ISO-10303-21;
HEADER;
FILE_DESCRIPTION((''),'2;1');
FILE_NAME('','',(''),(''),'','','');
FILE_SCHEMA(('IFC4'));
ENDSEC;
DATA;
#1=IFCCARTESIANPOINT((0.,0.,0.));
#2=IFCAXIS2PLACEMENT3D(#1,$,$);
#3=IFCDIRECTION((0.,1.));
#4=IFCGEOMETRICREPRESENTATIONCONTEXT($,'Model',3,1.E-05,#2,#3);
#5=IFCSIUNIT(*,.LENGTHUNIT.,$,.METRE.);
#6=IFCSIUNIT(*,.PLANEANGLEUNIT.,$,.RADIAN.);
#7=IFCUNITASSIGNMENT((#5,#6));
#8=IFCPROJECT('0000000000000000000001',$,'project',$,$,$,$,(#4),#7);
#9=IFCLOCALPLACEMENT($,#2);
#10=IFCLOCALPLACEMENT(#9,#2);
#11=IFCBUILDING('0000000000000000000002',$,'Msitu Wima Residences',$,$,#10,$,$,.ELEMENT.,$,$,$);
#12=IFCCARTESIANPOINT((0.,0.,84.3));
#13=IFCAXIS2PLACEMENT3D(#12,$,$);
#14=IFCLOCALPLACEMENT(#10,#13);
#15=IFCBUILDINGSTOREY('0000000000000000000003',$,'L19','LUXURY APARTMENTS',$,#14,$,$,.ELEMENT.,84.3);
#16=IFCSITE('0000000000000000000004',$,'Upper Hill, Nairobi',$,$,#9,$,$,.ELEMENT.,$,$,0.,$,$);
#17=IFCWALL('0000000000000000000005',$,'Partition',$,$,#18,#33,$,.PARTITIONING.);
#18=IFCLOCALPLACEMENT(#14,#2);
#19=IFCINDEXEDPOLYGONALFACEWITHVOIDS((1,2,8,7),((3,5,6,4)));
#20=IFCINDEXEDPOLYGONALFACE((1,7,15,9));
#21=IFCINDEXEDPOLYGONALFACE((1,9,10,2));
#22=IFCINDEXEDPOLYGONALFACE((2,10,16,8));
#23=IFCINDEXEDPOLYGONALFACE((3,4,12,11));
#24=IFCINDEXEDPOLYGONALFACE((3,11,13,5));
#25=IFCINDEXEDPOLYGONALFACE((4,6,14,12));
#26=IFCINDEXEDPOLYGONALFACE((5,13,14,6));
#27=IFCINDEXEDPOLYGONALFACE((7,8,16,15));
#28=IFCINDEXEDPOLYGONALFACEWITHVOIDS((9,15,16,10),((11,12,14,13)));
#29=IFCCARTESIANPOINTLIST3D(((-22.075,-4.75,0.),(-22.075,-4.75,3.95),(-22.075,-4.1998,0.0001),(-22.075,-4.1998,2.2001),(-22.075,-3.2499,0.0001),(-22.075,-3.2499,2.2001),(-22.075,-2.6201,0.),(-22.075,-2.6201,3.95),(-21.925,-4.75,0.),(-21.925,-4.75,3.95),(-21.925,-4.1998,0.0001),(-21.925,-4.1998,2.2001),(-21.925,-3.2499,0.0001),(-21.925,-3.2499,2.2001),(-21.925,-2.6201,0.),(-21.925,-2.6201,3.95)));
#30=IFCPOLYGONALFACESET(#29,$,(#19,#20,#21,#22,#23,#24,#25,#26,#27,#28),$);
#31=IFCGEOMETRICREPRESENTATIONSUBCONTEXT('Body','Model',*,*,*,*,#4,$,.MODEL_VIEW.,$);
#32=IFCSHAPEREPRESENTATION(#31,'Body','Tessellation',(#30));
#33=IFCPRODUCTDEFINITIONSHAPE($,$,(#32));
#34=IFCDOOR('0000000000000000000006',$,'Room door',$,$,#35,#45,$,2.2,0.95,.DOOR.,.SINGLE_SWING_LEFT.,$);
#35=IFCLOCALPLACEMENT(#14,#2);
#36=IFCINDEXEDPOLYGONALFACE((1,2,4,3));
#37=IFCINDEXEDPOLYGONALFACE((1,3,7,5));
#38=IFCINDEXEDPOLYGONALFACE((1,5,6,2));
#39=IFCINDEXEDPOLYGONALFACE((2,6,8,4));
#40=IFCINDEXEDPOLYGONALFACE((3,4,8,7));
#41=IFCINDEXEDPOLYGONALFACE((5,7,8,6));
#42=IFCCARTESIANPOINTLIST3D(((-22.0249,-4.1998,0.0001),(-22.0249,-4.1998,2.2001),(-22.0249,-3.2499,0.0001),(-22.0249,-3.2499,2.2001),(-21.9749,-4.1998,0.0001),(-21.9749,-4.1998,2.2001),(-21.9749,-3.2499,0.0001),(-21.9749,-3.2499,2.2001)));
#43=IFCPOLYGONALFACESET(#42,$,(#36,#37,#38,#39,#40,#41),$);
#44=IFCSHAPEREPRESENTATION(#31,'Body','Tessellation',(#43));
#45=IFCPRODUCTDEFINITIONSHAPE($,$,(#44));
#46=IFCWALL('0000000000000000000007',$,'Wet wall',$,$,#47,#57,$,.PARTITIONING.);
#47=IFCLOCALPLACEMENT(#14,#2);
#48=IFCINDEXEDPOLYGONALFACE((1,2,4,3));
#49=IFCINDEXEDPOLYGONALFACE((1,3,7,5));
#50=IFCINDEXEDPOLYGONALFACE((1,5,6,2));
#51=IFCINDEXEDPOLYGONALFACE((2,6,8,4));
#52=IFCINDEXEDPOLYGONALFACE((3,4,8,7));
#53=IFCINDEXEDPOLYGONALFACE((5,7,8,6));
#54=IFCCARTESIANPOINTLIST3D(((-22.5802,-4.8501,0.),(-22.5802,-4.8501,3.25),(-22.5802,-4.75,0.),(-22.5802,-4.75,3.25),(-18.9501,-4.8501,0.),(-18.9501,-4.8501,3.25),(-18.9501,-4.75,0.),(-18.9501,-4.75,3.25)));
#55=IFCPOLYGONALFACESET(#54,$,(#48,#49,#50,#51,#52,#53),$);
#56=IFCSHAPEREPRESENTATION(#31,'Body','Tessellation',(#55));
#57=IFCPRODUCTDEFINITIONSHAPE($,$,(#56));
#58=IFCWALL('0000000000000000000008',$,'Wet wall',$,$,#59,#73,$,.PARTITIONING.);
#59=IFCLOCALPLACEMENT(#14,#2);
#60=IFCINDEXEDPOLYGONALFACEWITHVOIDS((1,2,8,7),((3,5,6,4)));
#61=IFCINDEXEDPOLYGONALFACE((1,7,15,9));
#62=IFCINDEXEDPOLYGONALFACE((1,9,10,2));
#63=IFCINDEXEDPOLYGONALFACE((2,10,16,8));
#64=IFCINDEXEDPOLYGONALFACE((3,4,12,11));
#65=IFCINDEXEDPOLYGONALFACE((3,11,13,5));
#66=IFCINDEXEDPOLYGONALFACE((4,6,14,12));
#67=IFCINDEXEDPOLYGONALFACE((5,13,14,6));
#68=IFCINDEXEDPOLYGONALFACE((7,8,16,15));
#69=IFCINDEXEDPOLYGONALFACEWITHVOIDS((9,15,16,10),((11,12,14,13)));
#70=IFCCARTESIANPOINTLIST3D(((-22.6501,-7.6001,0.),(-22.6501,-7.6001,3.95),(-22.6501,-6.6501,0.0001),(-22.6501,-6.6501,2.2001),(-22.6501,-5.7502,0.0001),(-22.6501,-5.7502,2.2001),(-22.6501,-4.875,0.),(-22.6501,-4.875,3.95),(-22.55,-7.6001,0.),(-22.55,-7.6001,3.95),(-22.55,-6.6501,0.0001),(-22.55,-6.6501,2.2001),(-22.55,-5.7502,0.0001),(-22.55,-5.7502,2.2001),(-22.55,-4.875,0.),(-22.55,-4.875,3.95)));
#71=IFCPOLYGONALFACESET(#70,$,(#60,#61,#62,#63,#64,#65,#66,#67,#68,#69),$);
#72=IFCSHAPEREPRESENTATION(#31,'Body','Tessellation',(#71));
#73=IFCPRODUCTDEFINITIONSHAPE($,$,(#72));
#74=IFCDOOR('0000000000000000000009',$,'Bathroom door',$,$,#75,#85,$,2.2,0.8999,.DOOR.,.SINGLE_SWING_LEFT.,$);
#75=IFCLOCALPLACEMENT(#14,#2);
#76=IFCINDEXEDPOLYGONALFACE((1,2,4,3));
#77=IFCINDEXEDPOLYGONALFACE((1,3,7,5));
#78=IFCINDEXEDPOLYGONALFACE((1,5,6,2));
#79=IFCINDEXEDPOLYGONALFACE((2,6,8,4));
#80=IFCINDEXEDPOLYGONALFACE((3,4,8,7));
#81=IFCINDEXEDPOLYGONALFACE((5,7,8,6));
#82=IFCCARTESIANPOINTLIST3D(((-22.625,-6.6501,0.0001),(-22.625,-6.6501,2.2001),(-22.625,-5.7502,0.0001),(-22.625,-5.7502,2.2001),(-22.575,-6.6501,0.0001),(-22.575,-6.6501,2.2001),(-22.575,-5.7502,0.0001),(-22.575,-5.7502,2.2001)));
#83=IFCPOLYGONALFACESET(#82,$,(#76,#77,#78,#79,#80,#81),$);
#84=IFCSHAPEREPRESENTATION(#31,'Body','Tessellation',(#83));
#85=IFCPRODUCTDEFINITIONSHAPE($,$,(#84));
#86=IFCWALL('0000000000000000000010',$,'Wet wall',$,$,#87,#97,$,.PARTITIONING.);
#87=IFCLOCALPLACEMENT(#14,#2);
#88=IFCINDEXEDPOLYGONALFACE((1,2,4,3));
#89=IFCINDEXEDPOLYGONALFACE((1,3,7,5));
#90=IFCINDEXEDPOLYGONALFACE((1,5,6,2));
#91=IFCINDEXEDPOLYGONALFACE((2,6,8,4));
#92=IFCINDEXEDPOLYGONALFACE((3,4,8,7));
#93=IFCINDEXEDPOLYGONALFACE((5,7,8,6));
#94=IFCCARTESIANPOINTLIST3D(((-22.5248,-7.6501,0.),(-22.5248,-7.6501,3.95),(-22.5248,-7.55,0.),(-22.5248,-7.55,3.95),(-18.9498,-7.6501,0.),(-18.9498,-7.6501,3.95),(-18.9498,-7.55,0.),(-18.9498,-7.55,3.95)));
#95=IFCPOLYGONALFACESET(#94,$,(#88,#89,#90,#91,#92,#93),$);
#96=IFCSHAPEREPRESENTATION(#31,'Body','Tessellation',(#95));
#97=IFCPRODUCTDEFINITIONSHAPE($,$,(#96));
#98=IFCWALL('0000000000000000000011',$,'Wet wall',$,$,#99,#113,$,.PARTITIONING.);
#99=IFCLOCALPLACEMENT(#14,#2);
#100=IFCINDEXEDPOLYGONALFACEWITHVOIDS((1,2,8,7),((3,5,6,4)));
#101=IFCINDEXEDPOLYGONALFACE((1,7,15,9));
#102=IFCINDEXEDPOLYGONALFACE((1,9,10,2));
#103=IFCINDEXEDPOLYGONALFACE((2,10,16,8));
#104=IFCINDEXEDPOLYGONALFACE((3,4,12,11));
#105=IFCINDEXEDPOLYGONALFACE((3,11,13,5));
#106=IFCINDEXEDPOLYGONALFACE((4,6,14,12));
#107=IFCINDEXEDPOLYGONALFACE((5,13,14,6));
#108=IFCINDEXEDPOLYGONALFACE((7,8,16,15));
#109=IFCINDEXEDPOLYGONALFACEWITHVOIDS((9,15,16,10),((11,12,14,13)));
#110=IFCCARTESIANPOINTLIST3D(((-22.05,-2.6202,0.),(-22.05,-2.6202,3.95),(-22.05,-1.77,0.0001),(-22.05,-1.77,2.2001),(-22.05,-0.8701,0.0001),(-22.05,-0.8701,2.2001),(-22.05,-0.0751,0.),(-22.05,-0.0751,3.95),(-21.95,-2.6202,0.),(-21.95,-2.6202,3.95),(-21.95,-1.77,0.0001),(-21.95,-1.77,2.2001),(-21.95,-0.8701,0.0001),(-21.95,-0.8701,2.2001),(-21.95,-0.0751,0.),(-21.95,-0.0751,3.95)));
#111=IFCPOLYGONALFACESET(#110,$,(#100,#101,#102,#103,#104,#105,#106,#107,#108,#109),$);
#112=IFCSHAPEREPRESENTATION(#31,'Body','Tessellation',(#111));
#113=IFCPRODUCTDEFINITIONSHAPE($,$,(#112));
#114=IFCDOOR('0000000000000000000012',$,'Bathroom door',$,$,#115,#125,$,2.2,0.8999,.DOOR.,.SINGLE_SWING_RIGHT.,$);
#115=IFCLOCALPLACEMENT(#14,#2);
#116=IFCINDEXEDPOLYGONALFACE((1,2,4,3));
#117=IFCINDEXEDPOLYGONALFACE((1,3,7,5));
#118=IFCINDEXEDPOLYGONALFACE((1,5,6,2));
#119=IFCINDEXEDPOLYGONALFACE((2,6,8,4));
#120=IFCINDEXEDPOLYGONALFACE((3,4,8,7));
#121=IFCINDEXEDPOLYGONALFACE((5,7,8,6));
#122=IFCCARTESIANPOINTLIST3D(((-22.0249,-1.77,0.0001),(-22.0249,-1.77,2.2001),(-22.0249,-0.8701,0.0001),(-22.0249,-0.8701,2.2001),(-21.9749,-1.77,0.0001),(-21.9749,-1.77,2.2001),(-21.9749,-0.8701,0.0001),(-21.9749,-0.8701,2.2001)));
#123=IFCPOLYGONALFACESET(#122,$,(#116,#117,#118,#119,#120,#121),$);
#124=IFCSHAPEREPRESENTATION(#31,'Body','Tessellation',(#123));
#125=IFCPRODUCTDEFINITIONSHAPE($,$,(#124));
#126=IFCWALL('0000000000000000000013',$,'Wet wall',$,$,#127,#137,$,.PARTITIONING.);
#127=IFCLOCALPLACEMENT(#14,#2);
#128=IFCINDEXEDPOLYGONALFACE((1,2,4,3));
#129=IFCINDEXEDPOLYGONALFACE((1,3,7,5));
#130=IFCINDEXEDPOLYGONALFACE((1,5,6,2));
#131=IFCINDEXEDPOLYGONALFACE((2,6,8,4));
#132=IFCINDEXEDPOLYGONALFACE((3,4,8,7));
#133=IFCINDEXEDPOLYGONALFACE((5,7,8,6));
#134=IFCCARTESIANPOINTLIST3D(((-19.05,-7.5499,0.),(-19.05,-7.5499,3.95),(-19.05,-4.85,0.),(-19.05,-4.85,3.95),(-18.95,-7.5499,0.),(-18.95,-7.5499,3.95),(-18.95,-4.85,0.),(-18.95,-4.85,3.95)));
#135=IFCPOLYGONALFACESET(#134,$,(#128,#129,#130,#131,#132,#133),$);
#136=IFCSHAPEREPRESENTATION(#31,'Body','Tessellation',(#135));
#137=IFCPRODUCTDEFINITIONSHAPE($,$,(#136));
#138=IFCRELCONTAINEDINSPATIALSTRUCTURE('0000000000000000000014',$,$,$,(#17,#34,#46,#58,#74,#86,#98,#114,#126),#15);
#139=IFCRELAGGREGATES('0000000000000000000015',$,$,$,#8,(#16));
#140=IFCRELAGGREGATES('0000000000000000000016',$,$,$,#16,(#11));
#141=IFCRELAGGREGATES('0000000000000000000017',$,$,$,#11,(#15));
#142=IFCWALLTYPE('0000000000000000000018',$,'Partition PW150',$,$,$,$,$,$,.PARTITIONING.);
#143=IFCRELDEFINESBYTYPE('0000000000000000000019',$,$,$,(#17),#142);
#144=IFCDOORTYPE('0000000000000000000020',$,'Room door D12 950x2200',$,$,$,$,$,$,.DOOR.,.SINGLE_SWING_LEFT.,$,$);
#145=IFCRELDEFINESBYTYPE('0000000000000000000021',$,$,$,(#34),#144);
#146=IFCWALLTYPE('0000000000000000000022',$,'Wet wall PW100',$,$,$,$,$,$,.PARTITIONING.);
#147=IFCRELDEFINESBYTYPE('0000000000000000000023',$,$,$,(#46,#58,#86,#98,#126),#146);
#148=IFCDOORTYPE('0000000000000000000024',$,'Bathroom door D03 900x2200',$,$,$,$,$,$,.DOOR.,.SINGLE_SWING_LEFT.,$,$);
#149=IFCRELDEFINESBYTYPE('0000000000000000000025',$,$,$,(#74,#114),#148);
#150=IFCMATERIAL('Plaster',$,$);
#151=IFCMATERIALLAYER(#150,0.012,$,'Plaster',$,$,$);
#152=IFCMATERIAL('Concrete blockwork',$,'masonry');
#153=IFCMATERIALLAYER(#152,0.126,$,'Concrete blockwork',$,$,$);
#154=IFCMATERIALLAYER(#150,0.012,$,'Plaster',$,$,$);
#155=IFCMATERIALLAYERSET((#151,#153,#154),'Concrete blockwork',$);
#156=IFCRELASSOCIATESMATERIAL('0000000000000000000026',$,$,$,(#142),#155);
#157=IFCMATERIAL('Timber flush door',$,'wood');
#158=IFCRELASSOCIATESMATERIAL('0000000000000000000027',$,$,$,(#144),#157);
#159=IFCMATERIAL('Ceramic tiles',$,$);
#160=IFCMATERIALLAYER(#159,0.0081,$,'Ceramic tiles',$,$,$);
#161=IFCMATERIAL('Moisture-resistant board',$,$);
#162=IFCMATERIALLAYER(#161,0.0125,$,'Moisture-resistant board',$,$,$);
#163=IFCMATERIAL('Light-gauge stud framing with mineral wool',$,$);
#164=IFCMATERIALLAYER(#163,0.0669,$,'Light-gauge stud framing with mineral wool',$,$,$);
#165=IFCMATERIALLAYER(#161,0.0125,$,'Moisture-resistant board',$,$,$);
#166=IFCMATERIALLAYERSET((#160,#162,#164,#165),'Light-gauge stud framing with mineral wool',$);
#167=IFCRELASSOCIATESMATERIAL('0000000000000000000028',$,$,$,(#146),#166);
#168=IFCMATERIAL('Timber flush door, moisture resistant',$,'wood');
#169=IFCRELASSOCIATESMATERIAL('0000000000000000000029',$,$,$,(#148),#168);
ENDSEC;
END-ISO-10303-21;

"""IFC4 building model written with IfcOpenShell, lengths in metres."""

from ifc_helpers import new_model, si_unit, direction, frame, frame_2d, origin, place, context, subcontext, project, spatial, rectangle, extrude, material, layer, layer_set, type_object, element, fill, save


model = new_model("IFC4")

# Units and contexts
model_context = context("Model", 3, precision=1e-05, world=origin(), true_north=direction((0.0, 1.0)))
body_context = subcontext(model_context, "Body", "Model", "MODEL_VIEW")
ifc_project = project(units=[si_unit("LENGTHUNIT", "METRE"), si_unit("PLANEANGLEUNIT", "RADIAN")], contexts=[model_context])

# Site, building, storey
site_placement = place(None, origin())
site = spatial("IfcSite", under=ifc_project, at=site_placement, Name="Upper Hill, Nairobi", CompositionType="ELEMENT", RefElevation=0.0)
building_placement = place(site_placement, origin())
building = spatial("IfcBuilding", under=site, at=building_placement, Name="Msitu Wima Residences", CompositionType="ELEMENT")
storey_placement = place(building_placement, frame((0.0, 0.0, 84.3)))
storey = spatial("IfcBuildingStorey", under=building, at=storey_placement, Name="L19", Description="LUXURY APARTMENTS", CompositionType="ELEMENT", Elevation=84.3)

# Shared definitions
ifc_material_1 = material(Name="Plaster")
ifc_layer_1 = layer(ifc_material_1, 0.012, Name="Plaster")
ifc_material_2 = material(Name="Concrete blockwork", Category="masonry")
ifc_layer_2 = layer(ifc_material_2, 0.126, Name="Concrete blockwork")
ifc_layer_3 = layer(ifc_material_1, 0.012, Name="Plaster")
ifc_layer_set_1 = layer_set([ifc_layer_1, ifc_layer_2, ifc_layer_3], Name="Concrete blockwork")
wall_type_1 = type_object("IfcWallType", Name="Partition PW150", PredefinedType="PARTITIONING", material=ifc_layer_set_1)

# Shared definitions
ifc_material_3 = material(Name="Timber flush door", Category="wood")
door_type_1 = type_object("IfcDoorType", Name="Room door D12 950x2200", OperationType="SINGLE_SWING_LEFT", PredefinedType="DOOR", material=ifc_material_3)

# Wall, opening, door
wall_1_placement = place(storey_placement, frame((-22.0, -4.75, 0.0), z_axis=(0.0, 0.0, 1.0), x_axis=(0.0, 1.0, 0.0)))
wall_1 = element("IfcWall", 1, at=wall_1_placement, inside=storey, type_object=wall_type_1, Name="Partition", PredefinedType="PARTITIONING", context=body_context, shape_type="SweptSolid", body=[
    extrude(rectangle(XDim=2.1299, YDim=0.1499, at=frame_2d((1.0649, 0.0))), origin(), (0.0, 0.0, 1.0), 3.95),
])
opening_1_placement = place(wall_1_placement, frame((0.55, 0.0, 0.0)))
opening_1 = element("IfcOpeningElement", 2, at=opening_1_placement, cuts=wall_1, PredefinedType="OPENING", context=body_context, shape_type="SweptSolid", body=[
    extrude(rectangle(XDim=0.95, YDim=2.2, at=frame_2d((0.4751, 1.1001))), frame((0.0, 0.085, 0.0), z_axis=(0.0, -1.0, 0.0), x_axis=(1.0, 0.0, 0.0)), (0.0, 0.0, 1.0), 0.1699),
])
door_1_placement = place(opening_1_placement, origin())
door_1 = element("IfcDoor", 3, at=door_1_placement, inside=storey, type_object=door_type_1, Name="Room door", OperationType="SINGLE_SWING_LEFT", OverallHeight=2.2, OverallWidth=0.95, PredefinedType="DOOR", context=body_context, shape_type="SweptSolid", body=[
    extrude(rectangle(XDim=0.95, YDim=2.2, at=frame_2d((0.4751, 1.1001))), frame((0.0, 0.0249, 0.0), z_axis=(0.0, -1.0, 0.0), x_axis=(1.0, 0.0, 0.0)), (0.0, 0.0, 1.0), 0.05),
])
fill(opening_1, door_1)

# Wall
ifc_material_4 = material(Name="Ceramic tiles")
ifc_layer_4 = layer(ifc_material_4, 0.0081, Name="Ceramic tiles")
ifc_material_5 = material(Name="Moisture-resistant board")
ifc_layer_5 = layer(ifc_material_5, 0.0125, Name="Moisture-resistant board")
ifc_material_6 = material(Name="Light-gauge stud framing with mineral wool")
ifc_layer_6 = layer(ifc_material_6, 0.0669, Name="Light-gauge stud framing with mineral wool")
ifc_layer_7 = layer(ifc_material_5, 0.0125, Name="Moisture-resistant board")
ifc_layer_set_2 = layer_set([ifc_layer_4, ifc_layer_5, ifc_layer_6, ifc_layer_7], Name="Light-gauge stud framing with mineral wool")
wall_type_2 = type_object("IfcWallType", Name="Wet wall PW100", PredefinedType="PARTITIONING", material=ifc_layer_set_2)
wall_2_placement = place(storey_placement, frame((-22.5801, -4.8, 0.0), z_axis=(0.0, 0.0, 1.0), x_axis=(1.0, 0.0, 0.0)))
element("IfcWall", 4, at=wall_2_placement, inside=storey, type_object=wall_type_2, Name="Wet wall", PredefinedType="PARTITIONING", context=body_context, shape_type="SweptSolid", body=[
    extrude(rectangle(XDim=3.6301, YDim=0.1001, at=frame_2d((1.8149, 0.0))), origin(), (0.0, 0.0, 1.0), 3.25),
])

# Wall, opening, door
wall_3_placement = place(storey_placement, frame((-22.6001, -7.6001, 0.0), z_axis=(0.0, 0.0, 1.0), x_axis=(0.0, 1.0, 0.0)))
wall_3 = element("IfcWall", 5, at=wall_3_placement, inside=storey, type_object=wall_type_2, Name="Wet wall", PredefinedType="PARTITIONING", context=body_context, shape_type="SweptSolid", body=[
    extrude(rectangle(XDim=2.7251, YDim=0.1001, at=frame_2d((1.3625, 0.0))), origin(), (0.0, 0.0, 1.0), 3.95),
])
opening_2_placement = place(wall_3_placement, frame((0.95, 0.0, 0.0)))
opening_2 = element("IfcOpeningElement", 6, at=opening_2_placement, cuts=wall_3, PredefinedType="OPENING", context=body_context, shape_type="SweptSolid", body=[
    extrude(rectangle(XDim=0.8999, YDim=2.2, at=frame_2d((0.45, 1.1001))), frame((0.0, 0.0601, 0.0), z_axis=(0.0, -1.0, 0.0), x_axis=(1.0, 0.0, 0.0)), (0.0, 0.0, 1.0), 0.1201),
])
ifc_material_7 = material(Name="Timber flush door, moisture resistant", Category="wood")
door_type_2 = type_object("IfcDoorType", Name="Bathroom door D03 900x2200", OperationType="SINGLE_SWING_LEFT", PredefinedType="DOOR", material=ifc_material_7)
door_2_placement = place(opening_2_placement, origin())
door_2 = element("IfcDoor", 7, at=door_2_placement, inside=storey, type_object=door_type_2, Name="Bathroom door", OperationType="SINGLE_SWING_LEFT", OverallHeight=2.2, OverallWidth=0.8999, PredefinedType="DOOR", context=body_context, shape_type="SweptSolid", body=[
    extrude(rectangle(XDim=0.8999, YDim=2.2, at=frame_2d((0.45, 1.1001))), frame((0.0, 0.0249, 0.0), z_axis=(0.0, -1.0, 0.0), x_axis=(1.0, 0.0, 0.0)), (0.0, 0.0, 1.0), 0.05),
])
fill(opening_2, door_2)

# Wall
wall_4_placement = place(storey_placement, frame((-22.5249, -7.6001, 0.0), z_axis=(0.0, 0.0, 1.0), x_axis=(1.0, 0.0, 0.0)))
element("IfcWall", 8, at=wall_4_placement, inside=storey, type_object=wall_type_2, Name="Wet wall", PredefinedType="PARTITIONING", context=body_context, shape_type="SweptSolid", body=[
    extrude(rectangle(XDim=3.575, YDim=0.1001, at=frame_2d((1.7876, 0.0))), origin(), (0.0, 0.0, 1.0), 3.95),
])

# Wall, opening, door
wall_5_placement = place(storey_placement, frame((-22.0, -2.6201, 0.0), z_axis=(0.0, 0.0, 1.0), x_axis=(0.0, 1.0, 0.0)))
wall_5 = element("IfcWall", 9, at=wall_5_placement, inside=storey, type_object=wall_type_2, Name="Wet wall", PredefinedType="PARTITIONING", context=body_context, shape_type="SweptSolid", body=[
    extrude(rectangle(XDim=2.5452, YDim=0.1001, at=frame_2d((1.2725, 0.0))), origin(), (0.0, 0.0, 1.0), 3.95),
])
opening_3_placement = place(wall_5_placement, frame((0.8501, 0.0, 0.0)))
opening_3 = element("IfcOpeningElement", 10, at=opening_3_placement, cuts=wall_5, PredefinedType="OPENING", context=body_context, shape_type="SweptSolid", body=[
    extrude(rectangle(XDim=0.8999, YDim=2.2, at=frame_2d((0.45, 1.1001))), frame((0.0, 0.0601, 0.0), z_axis=(0.0, -1.0, 0.0), x_axis=(1.0, 0.0, 0.0)), (0.0, 0.0, 1.0), 0.1201),
])
door_3_placement = place(opening_3_placement, origin())
door_3 = element("IfcDoor", 11, at=door_3_placement, inside=storey, type_object=door_type_2, Name="Bathroom door", OperationType="SINGLE_SWING_RIGHT", OverallHeight=2.2, OverallWidth=0.8999, PredefinedType="DOOR", context=body_context, shape_type="SweptSolid", body=[
    extrude(rectangle(XDim=0.8999, YDim=2.2, at=frame_2d((0.45, 1.1001))), frame((0.0, 0.0249, 0.0), z_axis=(0.0, -1.0, 0.0), x_axis=(1.0, 0.0, 0.0)), (0.0, 0.0, 1.0), 0.05),
])
fill(opening_3, door_3)

# Wall
wall_6_placement = place(storey_placement, frame((-19.0, -7.55, 0.0), z_axis=(0.0, 0.0, 1.0), x_axis=(0.0, 1.0, 0.0)))
element("IfcWall", 12, at=wall_6_placement, inside=storey, type_object=wall_type_2, Name="Wet wall", PredefinedType="PARTITIONING", context=body_context, shape_type="SweptSolid", body=[
    extrude(rectangle(XDim=2.7, YDim=0.1001, at=frame_2d((1.3501, 0.0))), origin(), (0.0, 0.0, 1.0), 3.95),
])

save(model, "model.ifc")
